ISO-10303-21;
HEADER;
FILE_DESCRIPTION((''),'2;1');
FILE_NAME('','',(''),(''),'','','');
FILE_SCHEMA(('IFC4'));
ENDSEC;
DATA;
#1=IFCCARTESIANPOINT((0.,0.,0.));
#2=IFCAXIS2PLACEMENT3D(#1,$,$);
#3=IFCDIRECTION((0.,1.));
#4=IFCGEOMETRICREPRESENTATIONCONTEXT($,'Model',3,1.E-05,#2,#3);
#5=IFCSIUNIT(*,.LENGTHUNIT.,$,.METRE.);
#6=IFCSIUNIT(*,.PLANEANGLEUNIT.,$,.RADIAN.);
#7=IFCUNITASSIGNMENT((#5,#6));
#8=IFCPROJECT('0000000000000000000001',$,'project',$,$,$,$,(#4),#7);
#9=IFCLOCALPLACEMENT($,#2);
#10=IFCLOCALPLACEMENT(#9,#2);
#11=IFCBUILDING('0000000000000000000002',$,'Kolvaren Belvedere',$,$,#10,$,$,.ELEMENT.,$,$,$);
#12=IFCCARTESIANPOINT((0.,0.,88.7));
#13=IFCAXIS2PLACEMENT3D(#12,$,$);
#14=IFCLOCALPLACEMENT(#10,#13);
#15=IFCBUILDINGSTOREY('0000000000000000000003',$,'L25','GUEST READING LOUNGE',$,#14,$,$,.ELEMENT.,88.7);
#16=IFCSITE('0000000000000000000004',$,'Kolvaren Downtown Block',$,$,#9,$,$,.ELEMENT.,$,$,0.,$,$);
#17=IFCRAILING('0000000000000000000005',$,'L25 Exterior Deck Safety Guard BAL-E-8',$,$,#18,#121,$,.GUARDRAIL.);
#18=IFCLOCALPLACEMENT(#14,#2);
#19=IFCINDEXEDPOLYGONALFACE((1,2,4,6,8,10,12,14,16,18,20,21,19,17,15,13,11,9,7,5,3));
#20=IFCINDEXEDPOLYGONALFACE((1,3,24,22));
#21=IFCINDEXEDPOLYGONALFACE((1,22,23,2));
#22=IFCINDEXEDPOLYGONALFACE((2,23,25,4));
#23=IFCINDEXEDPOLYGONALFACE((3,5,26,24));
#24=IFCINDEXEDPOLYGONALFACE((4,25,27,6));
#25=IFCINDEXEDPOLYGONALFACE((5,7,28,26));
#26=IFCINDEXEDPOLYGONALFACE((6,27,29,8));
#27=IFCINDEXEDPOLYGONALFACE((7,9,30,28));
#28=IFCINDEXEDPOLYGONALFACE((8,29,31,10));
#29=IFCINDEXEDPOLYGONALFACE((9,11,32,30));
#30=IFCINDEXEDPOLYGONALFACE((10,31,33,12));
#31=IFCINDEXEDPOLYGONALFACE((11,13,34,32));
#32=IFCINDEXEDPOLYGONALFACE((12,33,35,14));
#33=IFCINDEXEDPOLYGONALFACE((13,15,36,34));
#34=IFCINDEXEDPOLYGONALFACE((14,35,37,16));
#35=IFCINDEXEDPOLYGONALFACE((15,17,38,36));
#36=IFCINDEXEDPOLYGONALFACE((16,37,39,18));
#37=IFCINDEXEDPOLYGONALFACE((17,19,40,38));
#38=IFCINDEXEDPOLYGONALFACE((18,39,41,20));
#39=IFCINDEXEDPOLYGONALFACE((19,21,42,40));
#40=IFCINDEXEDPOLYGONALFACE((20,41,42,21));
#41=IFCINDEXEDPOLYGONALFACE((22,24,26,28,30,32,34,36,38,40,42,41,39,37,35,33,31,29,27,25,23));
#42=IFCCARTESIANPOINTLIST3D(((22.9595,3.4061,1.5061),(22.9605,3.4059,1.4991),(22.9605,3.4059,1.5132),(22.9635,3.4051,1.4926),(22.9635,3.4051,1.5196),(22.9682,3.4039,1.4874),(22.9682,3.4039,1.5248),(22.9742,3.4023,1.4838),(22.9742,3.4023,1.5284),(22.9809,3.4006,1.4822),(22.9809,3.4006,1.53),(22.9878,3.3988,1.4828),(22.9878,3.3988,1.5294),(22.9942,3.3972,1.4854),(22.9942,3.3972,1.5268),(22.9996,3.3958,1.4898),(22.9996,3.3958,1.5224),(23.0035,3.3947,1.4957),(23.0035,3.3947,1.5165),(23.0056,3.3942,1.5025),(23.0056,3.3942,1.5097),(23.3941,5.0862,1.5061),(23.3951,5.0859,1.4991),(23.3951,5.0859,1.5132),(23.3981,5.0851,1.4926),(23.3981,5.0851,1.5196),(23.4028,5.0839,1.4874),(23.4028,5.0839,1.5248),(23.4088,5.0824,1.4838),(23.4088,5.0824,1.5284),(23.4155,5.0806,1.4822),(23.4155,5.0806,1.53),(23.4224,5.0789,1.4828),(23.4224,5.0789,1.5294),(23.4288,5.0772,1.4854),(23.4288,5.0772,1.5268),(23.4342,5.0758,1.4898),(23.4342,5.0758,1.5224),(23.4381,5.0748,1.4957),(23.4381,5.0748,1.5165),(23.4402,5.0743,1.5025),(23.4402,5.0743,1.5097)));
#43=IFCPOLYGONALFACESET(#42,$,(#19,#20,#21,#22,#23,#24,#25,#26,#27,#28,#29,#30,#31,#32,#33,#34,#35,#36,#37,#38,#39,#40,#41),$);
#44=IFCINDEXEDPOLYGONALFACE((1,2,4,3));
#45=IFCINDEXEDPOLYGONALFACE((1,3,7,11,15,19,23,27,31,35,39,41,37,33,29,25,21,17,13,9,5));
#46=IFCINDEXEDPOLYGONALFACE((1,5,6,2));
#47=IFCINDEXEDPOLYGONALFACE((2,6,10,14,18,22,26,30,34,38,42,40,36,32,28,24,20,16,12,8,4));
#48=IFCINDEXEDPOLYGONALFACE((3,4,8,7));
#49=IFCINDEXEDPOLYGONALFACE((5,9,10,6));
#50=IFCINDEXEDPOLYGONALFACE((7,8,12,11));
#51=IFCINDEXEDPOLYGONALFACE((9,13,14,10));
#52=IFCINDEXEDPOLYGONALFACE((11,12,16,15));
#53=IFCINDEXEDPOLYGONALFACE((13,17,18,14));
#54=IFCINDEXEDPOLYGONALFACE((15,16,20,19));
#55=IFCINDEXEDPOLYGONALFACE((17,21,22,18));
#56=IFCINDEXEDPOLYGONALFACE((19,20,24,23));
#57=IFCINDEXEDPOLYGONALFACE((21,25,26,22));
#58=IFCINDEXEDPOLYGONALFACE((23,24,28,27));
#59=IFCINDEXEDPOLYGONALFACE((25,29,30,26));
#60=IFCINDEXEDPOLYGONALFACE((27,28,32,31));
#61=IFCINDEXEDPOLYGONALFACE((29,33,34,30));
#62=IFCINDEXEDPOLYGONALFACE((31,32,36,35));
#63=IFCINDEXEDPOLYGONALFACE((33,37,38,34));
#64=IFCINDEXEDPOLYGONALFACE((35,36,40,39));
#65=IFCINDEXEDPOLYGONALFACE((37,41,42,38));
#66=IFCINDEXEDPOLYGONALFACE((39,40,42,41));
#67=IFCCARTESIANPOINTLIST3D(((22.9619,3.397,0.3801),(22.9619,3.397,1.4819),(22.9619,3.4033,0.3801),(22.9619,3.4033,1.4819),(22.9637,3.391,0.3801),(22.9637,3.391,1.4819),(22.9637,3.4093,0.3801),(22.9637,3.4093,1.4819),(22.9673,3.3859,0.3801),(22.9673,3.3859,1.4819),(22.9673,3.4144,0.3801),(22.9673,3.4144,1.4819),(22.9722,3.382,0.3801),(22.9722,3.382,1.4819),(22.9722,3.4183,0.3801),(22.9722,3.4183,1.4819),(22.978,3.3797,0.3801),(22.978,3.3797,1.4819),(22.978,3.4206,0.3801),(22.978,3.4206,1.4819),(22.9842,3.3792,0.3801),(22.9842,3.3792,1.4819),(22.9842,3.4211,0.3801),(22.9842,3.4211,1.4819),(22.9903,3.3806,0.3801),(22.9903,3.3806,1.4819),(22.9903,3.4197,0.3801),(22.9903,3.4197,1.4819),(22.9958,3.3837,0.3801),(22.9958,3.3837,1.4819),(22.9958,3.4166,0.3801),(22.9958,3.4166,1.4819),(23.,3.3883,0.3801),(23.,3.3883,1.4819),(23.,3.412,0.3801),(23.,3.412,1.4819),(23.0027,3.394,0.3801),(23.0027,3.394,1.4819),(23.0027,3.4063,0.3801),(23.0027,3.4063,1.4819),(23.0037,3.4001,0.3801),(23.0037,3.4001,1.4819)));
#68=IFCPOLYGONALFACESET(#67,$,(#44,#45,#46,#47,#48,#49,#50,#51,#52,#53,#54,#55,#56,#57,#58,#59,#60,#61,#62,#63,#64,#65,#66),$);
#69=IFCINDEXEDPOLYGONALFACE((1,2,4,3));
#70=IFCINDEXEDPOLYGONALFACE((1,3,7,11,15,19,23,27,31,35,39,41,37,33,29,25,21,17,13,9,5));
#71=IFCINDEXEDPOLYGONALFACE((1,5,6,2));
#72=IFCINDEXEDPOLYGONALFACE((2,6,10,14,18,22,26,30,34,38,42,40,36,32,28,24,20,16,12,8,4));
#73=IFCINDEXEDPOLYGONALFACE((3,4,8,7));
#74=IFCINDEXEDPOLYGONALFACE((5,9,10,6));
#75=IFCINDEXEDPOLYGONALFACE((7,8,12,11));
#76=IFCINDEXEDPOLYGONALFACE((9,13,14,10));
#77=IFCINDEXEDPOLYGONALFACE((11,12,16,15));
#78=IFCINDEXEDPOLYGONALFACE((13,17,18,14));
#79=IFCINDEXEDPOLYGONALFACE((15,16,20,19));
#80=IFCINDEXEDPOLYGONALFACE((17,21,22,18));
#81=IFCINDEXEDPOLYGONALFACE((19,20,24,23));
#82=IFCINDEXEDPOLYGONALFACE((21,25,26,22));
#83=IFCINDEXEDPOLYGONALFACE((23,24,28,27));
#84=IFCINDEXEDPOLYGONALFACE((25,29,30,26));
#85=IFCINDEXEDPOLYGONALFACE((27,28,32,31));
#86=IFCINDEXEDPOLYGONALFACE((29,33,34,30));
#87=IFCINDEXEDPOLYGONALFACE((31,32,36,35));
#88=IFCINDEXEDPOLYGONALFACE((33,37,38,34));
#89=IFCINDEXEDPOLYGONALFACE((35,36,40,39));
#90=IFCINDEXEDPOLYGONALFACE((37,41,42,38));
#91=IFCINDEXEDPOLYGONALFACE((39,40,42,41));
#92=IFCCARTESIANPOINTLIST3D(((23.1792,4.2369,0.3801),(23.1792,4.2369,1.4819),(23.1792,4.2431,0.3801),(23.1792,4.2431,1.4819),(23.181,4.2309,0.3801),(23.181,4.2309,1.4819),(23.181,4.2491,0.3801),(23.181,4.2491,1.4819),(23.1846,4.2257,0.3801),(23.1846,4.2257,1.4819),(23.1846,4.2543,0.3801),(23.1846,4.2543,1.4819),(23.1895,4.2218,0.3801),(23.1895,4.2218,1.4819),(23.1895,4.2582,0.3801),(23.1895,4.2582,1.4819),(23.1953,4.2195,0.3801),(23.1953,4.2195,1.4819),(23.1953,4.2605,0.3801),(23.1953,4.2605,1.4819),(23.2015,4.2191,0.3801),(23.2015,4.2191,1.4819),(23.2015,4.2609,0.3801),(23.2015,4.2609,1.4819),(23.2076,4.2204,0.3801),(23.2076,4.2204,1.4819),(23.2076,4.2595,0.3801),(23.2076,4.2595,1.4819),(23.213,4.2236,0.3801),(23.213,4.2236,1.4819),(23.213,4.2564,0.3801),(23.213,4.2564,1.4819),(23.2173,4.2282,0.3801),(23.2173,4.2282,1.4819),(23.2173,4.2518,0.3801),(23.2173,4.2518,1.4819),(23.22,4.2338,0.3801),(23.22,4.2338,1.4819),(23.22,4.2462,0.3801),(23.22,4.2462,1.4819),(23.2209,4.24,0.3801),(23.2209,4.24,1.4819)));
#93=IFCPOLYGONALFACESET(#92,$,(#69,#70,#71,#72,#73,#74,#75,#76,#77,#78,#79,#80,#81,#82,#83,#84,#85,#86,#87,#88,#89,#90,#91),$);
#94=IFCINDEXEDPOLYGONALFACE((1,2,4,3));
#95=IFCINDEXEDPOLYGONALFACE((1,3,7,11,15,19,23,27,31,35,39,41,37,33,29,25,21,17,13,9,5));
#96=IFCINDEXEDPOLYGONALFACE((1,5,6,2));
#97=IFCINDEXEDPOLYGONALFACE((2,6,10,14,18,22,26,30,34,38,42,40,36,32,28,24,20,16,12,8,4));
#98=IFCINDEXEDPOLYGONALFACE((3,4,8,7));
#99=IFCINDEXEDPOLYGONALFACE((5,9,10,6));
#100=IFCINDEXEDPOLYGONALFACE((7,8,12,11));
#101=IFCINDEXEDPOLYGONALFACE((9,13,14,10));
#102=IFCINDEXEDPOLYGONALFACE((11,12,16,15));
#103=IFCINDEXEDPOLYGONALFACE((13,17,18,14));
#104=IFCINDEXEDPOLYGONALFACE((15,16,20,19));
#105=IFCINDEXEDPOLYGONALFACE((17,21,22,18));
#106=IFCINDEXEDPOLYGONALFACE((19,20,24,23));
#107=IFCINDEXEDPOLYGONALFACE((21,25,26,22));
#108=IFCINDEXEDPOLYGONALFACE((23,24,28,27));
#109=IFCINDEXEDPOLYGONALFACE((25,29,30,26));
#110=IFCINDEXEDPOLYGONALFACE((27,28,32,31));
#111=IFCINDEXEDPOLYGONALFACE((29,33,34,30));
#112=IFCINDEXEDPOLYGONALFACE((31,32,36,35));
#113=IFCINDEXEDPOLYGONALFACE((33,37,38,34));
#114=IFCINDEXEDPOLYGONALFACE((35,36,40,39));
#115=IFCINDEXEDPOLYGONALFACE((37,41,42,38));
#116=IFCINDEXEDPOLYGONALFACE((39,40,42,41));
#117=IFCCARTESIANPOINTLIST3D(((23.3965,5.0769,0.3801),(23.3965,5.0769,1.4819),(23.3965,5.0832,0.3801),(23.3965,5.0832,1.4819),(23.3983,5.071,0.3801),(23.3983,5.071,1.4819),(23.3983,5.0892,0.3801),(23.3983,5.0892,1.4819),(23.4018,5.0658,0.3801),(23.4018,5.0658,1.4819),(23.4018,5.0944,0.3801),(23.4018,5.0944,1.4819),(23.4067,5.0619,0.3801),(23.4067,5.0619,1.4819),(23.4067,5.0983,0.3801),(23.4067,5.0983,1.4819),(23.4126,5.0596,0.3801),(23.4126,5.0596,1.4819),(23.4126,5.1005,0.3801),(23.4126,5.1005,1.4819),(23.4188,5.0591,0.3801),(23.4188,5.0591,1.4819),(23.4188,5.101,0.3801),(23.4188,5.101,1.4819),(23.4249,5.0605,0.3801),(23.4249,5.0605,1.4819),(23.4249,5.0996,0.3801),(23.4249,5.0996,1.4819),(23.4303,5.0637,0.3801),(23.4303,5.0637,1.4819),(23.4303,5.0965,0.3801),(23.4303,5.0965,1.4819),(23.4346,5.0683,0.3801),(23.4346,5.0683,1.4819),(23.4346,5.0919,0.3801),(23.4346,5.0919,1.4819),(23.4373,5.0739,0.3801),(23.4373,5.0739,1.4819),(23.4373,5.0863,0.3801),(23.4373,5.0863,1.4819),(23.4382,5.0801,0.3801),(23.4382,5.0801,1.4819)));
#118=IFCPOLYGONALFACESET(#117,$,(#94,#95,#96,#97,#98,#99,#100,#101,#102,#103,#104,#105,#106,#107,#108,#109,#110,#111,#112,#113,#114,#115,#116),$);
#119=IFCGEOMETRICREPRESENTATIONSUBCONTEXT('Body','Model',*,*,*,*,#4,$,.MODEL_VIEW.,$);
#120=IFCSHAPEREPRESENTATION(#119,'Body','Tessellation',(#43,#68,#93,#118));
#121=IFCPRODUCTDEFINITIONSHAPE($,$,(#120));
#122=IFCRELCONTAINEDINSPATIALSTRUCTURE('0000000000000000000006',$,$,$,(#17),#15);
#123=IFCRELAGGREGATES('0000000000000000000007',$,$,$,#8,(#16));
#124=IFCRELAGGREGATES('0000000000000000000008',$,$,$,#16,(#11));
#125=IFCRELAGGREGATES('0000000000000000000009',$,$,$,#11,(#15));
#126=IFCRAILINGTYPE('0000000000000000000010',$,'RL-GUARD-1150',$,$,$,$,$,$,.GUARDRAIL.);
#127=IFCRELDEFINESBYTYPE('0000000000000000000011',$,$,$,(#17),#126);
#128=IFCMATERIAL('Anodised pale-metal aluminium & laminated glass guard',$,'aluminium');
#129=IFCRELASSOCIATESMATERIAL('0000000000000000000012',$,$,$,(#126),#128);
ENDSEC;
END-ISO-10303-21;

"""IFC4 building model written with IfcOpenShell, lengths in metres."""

from ifc_helpers import new_model, si_unit, direction, frame, origin, origin_2d, place, context, subcontext, project, spatial, circle, extrude, material, type_object, element, save


model = new_model("IFC4")

# Units and contexts
model_context = context("Model", 3, precision=1e-05, world=origin(), true_north=direction((0.0, 1.0)))
body_context = subcontext(model_context, "Body", "Model", "MODEL_VIEW")
ifc_project = project(units=[si_unit("LENGTHUNIT", "METRE"), si_unit("PLANEANGLEUNIT", "RADIAN")], contexts=[model_context])

# Site, building, storey
site_placement = place(None, origin())
site = spatial("IfcSite", under=ifc_project, at=site_placement, Name="Kolvaren Downtown Block", CompositionType="ELEMENT", RefElevation=0.0)
building_placement = place(site_placement, origin())
building = spatial("IfcBuilding", under=site, at=building_placement, Name="Kolvaren Belvedere", CompositionType="ELEMENT")
storey_placement = place(building_placement, frame((0.0, 0.0, 88.7)))
storey = spatial("IfcBuildingStorey", under=building, at=storey_placement, Name="L25", Description="GUEST READING LOUNGE", CompositionType="ELEMENT", Elevation=88.7)

# Railing
ifc_material_1 = material(Name="Anodised pale-metal aluminium & laminated glass guard", Category="aluminium")
railing_type = type_object("IfcRailingType", Name="RL-GUARD-1150", PredefinedType="GUARDRAIL", material=ifc_material_1)
railing_1_placement = place(storey_placement, frame((22.9827, 3.4001, 0.3801)))
element("IfcRailing", 1, at=railing_1_placement, inside=storey, type_object=railing_type, Name="L25 Exterior Deck Safety Guard BAL-E-8", PredefinedType="GUARDRAIL", context=body_context, shape_type="SweptSolid", body=[
    extrude(circle(Radius=0.0239, at=origin_2d()), frame((0.0, 0.0, 1.126), z_axis=(0.25044, 0.968132, 0.0), x_axis=(-0.968132, 0.25044, 0.0)), (0.0, 0.0, 1.0), 1.7354),
    extrude(circle(Radius=0.021, at=origin_2d()), origin(), (0.0, 0.0, 1.0), 1.1018),
    extrude(circle(Radius=0.021, at=origin_2d()), frame((0.2173, 0.8398, 0.0)), (0.0, 0.0, 1.0), 1.1018),
    extrude(circle(Radius=0.021, at=origin_2d()), frame((0.4346, 1.6799, 0.0)), (0.0, 0.0, 1.0), 1.1018),
])

save(model, "model.ifc")
